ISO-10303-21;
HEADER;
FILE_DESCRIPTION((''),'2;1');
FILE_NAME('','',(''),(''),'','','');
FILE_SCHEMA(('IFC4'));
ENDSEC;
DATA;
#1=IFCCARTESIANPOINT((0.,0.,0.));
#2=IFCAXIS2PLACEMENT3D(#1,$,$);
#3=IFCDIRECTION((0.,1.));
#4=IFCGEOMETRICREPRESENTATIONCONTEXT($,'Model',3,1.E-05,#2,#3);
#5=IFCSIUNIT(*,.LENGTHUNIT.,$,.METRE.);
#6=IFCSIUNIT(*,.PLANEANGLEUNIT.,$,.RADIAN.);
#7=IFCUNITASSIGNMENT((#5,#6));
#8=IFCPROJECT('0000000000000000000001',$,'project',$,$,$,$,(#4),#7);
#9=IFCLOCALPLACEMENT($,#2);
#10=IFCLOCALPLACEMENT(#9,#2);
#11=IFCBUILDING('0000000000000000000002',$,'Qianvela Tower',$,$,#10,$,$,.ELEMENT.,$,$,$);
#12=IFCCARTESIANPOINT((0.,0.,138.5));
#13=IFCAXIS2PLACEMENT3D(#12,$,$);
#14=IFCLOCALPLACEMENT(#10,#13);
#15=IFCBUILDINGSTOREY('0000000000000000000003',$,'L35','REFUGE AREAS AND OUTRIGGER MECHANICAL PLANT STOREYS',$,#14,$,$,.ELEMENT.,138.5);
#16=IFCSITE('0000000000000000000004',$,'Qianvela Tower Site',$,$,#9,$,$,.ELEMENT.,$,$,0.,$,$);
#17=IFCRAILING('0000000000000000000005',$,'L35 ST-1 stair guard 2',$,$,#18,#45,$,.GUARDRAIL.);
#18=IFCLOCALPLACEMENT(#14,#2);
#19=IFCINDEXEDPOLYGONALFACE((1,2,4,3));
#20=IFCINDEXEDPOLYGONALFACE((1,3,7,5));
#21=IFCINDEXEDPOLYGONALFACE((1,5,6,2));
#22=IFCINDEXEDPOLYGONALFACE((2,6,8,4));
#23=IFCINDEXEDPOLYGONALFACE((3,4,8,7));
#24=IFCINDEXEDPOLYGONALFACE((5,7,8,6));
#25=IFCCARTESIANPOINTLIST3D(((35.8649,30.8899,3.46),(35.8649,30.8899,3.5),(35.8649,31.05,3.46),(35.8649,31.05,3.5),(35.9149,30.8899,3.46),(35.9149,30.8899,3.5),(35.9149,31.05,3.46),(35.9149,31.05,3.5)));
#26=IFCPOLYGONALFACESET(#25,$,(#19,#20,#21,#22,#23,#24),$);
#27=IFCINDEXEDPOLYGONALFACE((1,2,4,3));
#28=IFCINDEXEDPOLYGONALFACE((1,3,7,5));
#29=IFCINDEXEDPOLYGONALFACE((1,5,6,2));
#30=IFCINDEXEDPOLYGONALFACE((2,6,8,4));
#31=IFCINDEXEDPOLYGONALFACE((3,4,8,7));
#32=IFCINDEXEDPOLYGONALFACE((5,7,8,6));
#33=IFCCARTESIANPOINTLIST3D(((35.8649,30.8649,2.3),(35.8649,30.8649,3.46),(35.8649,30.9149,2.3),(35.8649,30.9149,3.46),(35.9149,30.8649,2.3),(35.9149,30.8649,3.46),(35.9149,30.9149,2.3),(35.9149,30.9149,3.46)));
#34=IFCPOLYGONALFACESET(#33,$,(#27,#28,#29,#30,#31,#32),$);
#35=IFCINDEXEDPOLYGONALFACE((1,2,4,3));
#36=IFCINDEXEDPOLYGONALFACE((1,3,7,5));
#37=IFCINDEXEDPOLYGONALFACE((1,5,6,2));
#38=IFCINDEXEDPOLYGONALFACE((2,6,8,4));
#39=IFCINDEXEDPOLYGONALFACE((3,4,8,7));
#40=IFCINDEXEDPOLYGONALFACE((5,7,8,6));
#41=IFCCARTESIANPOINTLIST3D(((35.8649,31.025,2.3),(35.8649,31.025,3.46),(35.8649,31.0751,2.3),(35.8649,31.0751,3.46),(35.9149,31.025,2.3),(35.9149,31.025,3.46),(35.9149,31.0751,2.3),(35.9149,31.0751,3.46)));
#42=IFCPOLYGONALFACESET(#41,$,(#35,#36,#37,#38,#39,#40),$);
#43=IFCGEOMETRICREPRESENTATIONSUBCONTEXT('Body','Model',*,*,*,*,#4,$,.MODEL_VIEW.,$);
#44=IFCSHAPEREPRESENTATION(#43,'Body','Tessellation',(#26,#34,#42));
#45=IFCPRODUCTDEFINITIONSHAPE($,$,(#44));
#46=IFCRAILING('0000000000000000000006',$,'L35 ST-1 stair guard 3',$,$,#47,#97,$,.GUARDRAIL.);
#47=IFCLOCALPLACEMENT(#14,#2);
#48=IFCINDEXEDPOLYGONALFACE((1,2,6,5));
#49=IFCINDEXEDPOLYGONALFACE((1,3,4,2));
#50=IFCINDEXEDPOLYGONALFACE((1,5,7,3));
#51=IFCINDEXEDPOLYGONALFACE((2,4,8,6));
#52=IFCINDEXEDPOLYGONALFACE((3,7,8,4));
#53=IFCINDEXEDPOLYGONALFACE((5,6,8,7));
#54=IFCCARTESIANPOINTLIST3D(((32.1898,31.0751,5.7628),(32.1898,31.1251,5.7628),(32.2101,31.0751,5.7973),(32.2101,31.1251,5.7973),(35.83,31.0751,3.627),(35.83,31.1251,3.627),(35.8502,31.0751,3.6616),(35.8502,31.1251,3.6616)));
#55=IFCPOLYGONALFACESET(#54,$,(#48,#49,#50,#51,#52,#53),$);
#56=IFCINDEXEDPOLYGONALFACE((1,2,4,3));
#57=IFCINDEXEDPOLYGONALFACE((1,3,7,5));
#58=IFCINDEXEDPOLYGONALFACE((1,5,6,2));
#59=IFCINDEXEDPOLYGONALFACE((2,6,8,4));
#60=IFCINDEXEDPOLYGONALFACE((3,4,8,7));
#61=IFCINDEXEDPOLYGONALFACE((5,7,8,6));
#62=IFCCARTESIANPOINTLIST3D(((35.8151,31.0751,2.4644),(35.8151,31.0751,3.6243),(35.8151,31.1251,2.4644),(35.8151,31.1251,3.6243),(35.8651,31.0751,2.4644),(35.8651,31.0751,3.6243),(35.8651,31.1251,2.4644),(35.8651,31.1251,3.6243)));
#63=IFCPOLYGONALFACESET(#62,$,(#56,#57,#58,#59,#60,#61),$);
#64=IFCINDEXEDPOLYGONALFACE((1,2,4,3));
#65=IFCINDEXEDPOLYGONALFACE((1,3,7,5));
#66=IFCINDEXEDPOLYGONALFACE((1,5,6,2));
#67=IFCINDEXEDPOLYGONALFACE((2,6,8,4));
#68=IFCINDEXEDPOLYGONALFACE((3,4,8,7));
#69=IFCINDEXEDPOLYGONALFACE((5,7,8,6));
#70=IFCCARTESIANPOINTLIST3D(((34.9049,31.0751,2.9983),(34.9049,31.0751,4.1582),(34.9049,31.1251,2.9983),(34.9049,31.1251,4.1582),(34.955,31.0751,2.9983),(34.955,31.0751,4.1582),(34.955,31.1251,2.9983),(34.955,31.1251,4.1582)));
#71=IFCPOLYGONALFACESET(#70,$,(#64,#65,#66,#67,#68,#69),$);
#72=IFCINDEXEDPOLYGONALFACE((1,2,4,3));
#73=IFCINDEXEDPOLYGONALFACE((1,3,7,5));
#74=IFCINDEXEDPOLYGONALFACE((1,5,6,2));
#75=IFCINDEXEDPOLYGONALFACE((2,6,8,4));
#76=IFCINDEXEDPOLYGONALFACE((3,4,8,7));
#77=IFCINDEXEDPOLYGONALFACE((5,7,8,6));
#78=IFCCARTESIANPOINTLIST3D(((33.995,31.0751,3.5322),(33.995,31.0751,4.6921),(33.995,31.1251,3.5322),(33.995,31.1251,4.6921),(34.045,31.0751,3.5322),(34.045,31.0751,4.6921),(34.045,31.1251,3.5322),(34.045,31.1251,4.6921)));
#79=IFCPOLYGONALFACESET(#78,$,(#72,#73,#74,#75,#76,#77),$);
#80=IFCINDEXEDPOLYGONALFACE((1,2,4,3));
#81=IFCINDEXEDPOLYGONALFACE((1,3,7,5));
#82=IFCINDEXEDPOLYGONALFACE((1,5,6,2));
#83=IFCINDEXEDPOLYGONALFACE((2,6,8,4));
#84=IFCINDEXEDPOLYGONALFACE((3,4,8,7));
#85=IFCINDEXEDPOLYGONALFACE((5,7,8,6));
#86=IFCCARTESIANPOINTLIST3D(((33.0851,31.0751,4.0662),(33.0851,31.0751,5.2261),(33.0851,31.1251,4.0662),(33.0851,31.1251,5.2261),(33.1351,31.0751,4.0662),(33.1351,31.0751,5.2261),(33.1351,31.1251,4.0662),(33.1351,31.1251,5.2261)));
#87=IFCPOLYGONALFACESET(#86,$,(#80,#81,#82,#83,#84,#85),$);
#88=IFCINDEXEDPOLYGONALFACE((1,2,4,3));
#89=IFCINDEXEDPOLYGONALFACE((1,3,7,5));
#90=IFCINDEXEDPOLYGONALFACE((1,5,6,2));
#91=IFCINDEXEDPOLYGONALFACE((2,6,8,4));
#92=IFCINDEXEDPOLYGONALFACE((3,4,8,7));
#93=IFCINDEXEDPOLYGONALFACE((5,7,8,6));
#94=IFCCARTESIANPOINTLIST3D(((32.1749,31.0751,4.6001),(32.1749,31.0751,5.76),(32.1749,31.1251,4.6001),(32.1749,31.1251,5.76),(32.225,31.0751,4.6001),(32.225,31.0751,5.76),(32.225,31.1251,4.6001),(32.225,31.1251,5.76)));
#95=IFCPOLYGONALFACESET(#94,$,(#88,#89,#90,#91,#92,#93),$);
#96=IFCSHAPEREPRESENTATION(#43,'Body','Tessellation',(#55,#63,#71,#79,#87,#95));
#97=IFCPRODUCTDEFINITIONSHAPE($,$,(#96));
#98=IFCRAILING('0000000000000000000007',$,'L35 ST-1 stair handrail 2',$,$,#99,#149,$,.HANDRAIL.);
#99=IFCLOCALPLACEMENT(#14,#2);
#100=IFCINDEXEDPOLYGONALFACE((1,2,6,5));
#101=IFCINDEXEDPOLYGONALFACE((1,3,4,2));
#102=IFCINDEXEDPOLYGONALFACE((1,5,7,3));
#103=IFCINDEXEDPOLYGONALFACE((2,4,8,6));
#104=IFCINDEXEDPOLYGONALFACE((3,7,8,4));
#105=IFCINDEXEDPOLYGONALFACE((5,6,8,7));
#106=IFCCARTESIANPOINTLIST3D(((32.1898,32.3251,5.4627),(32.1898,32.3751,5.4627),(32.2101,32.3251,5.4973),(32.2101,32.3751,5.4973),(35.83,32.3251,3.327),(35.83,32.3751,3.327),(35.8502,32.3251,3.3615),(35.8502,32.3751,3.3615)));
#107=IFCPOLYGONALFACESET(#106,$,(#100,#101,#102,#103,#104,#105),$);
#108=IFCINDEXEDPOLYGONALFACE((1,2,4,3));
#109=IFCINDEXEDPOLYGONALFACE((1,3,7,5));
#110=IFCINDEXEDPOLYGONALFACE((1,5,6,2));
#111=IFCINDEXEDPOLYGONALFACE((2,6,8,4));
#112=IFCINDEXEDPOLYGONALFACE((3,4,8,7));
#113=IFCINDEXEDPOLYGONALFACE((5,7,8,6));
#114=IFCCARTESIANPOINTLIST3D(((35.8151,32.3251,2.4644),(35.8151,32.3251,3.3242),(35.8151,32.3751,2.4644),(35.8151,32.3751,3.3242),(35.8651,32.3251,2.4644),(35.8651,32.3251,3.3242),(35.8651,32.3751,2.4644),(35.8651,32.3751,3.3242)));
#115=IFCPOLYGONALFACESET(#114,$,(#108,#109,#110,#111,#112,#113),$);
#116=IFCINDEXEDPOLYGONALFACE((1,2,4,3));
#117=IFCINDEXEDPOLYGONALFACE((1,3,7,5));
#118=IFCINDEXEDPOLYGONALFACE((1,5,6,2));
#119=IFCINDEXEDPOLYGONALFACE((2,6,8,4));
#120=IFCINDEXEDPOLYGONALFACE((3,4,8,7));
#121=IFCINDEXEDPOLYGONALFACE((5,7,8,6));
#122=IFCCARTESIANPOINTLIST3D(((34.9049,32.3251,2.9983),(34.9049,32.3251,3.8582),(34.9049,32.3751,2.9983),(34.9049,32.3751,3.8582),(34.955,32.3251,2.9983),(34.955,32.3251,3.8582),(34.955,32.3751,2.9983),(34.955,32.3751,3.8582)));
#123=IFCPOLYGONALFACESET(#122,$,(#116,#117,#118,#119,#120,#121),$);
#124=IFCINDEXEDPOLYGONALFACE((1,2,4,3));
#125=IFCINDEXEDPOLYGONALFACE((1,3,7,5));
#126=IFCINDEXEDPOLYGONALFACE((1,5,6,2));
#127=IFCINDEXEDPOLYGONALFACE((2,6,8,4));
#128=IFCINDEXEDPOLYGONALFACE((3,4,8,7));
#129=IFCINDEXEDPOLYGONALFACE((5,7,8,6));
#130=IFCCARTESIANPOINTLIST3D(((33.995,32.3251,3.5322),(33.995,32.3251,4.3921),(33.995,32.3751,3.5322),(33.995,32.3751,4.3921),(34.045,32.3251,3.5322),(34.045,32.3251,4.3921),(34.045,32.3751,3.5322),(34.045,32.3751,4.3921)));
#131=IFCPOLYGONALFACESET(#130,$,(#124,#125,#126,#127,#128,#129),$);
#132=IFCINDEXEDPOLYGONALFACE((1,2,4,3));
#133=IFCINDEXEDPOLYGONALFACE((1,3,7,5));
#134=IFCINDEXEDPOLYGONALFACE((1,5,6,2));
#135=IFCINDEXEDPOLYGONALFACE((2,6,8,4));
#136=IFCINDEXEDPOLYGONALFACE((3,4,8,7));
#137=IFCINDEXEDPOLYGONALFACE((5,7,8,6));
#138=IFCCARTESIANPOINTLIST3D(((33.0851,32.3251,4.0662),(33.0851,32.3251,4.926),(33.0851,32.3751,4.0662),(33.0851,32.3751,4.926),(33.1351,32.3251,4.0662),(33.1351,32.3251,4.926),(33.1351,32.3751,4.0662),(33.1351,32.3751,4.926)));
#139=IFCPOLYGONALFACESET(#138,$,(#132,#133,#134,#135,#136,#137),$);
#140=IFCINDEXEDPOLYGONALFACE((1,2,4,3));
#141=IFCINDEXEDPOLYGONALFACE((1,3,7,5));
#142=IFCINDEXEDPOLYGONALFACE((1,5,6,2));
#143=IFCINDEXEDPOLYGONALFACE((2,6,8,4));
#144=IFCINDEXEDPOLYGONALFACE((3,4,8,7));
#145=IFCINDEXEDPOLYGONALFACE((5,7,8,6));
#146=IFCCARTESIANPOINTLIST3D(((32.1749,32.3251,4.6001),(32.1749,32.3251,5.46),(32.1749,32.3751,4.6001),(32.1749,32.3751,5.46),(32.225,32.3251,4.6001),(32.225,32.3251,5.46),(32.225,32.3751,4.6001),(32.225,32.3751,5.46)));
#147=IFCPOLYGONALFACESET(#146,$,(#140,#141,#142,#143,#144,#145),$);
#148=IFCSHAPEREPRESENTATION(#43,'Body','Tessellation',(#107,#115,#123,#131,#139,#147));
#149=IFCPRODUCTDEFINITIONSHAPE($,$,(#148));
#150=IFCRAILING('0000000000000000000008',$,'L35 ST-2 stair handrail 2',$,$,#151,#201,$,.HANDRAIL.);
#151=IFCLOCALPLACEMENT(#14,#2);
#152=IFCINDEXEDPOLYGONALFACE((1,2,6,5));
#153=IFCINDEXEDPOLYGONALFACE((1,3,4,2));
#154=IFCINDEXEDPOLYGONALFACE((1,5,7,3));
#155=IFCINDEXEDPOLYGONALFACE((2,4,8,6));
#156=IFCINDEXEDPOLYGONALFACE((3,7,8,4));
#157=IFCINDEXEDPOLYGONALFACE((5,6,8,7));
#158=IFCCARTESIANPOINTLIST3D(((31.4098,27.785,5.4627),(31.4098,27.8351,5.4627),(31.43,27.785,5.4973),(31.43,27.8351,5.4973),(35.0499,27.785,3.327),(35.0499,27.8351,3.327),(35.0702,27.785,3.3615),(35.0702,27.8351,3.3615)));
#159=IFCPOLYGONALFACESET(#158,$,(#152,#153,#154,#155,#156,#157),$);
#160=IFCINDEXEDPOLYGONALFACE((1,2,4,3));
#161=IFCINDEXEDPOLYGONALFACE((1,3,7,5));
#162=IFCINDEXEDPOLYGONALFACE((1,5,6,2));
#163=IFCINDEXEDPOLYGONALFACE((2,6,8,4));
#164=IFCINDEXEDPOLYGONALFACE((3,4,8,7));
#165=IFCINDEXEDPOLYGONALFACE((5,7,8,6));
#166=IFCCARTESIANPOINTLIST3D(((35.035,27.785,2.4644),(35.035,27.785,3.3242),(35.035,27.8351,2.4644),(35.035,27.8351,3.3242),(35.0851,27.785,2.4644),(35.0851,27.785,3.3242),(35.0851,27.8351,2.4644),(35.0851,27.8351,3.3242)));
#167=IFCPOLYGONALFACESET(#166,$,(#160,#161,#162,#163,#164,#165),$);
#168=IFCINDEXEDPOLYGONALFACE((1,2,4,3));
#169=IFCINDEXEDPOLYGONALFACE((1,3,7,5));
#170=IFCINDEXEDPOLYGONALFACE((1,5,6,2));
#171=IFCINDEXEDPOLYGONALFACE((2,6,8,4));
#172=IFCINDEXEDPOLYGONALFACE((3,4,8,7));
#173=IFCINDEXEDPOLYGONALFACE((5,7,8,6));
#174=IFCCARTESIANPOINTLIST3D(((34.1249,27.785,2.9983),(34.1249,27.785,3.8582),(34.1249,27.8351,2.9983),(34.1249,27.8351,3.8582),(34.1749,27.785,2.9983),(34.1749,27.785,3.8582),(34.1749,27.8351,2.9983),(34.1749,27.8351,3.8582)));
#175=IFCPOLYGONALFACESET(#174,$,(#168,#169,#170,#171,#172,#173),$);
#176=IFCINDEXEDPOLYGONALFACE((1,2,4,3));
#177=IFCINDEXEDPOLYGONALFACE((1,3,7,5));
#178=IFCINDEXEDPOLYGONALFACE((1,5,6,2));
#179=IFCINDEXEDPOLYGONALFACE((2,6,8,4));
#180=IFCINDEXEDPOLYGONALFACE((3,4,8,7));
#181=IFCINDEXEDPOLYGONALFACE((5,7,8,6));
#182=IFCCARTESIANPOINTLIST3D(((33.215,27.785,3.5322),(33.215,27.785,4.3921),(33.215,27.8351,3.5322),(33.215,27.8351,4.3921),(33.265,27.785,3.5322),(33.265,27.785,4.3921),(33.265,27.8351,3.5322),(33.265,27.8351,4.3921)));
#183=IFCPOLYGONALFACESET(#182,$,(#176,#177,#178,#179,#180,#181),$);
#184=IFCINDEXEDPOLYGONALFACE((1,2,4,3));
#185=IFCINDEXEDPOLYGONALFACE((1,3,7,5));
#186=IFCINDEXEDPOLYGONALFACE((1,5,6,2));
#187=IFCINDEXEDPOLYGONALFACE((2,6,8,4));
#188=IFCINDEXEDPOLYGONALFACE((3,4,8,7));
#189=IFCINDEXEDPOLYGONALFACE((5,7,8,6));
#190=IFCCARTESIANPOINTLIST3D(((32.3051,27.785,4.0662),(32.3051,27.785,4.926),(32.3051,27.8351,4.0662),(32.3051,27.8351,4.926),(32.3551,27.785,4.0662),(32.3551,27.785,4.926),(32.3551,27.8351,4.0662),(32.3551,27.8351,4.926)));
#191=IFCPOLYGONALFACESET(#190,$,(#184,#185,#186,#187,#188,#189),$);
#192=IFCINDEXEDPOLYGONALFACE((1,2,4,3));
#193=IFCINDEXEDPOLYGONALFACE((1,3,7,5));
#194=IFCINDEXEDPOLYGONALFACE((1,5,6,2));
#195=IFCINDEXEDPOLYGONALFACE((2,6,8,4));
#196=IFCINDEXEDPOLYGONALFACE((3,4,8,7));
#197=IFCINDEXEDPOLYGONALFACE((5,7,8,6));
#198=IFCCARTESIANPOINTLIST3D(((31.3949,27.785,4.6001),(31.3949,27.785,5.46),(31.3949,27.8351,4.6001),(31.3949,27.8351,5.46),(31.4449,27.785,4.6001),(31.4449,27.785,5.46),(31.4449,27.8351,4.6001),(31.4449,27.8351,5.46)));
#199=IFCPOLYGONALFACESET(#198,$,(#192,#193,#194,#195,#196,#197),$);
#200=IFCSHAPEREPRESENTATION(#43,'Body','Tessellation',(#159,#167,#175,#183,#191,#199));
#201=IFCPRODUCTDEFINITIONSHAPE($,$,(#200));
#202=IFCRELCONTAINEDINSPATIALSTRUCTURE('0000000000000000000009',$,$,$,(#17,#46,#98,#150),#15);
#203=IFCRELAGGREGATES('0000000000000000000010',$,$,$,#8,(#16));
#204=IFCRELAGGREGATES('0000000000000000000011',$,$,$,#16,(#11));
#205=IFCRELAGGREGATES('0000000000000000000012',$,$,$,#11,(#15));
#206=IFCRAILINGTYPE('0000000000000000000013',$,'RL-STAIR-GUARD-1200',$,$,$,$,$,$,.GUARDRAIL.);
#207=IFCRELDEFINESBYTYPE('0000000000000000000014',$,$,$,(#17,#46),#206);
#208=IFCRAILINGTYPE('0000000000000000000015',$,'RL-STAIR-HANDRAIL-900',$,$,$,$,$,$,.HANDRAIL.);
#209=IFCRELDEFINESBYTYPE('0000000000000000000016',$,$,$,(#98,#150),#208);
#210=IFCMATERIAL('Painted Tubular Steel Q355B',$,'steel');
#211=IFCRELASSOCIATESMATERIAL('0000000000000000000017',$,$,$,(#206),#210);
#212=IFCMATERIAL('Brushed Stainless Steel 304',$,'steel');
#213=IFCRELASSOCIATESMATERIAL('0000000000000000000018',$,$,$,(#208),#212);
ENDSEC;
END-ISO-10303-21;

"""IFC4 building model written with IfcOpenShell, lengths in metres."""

from ifc_helpers import new_model, si_unit, direction, frame, origin, origin_2d, place, context, subcontext, project, spatial, rectangle, extrude, material, type_object, element, save


model = new_model("IFC4")

# Units and contexts
model_context = context("Model", 3, precision=1e-05, world=origin(), true_north=direction((0.0, 1.0)))
body_context = subcontext(model_context, "Body", "Model", "MODEL_VIEW")
ifc_project = project(units=[si_unit("LENGTHUNIT", "METRE"), si_unit("PLANEANGLEUNIT", "RADIAN")], contexts=[model_context])

# Site, building, storey
site_placement = place(None, origin())
site = spatial("IfcSite", under=ifc_project, at=site_placement, Name="Qianvela Tower Site", CompositionType="ELEMENT", RefElevation=0.0)
building_placement = place(site_placement, origin())
building = spatial("IfcBuilding", under=site, at=building_placement, Name="Qianvela Tower", CompositionType="ELEMENT")
storey_placement = place(building_placement, frame((0.0, 0.0, 138.5)))
storey = spatial("IfcBuildingStorey", under=building, at=storey_placement, Name="L35", Description="REFUGE AREAS AND OUTRIGGER MECHANICAL PLANT STOREYS", CompositionType="ELEMENT", Elevation=138.5)

# Railings
ifc_material_1 = material(Name="Painted Tubular Steel Q355B", Category="steel")
railing_type_1 = type_object("IfcRailingType", Name="RL-STAIR-GUARD-1200", PredefinedType="GUARDRAIL", material=ifc_material_1)
railing_1_placement = place(storey_placement, frame((35.8899, 30.8899, 2.3)))
element("IfcRailing", 1, at=railing_1_placement, inside=storey, type_object=railing_type_1, Name="L35 ST-1 stair guard 2", PredefinedType="GUARDRAIL", context=body_context, shape_type="SweptSolid", body=[
    extrude(rectangle(XDim=0.05, YDim=0.04, at=origin_2d()), frame((0.0, 0.0, 1.1799), z_axis=(0.0, 1.0, 0.0), x_axis=(-1.0, 0.0, 0.0)), (0.0, 0.0, 1.0), 0.1602),
    extrude(rectangle(XDim=0.05, YDim=0.05, at=origin_2d()), origin(), (0.0, 0.0, 1.0), 1.1599),
    extrude(rectangle(XDim=0.05, YDim=0.05, at=origin_2d()), frame((0.0, 0.1602, 0.0)), (0.0, 0.0, 1.0), 1.1599),
])
railing_2_placement = place(storey_placement, frame((35.8401, 31.1001, 2.4644)))
element("IfcRailing", 2, at=railing_2_placement, inside=storey, type_object=railing_type_1, Name="L35 ST-1 stair guard 3", PredefinedType="GUARDRAIL", context=body_context, shape_type="SweptSolid", body=[
    extrude(rectangle(XDim=0.05, YDim=0.04, at=origin_2d()), frame((0.0, 0.0, 1.1799), z_axis=(-0.862505, 0.0, 0.506049), x_axis=(0.0, -1.0, 0.0)), (0.0, 0.0, 1.0), 4.2205),
    extrude(rectangle(XDim=0.05, YDim=0.05, at=origin_2d()), origin(), (0.0, 0.0, 1.0), 1.1599),
    extrude(rectangle(XDim=0.05, YDim=0.05, at=origin_2d()), frame((-0.9102, 0.0, 0.5339)), (0.0, 0.0, 1.0), 1.1599),
    extrude(rectangle(XDim=0.05, YDim=0.05, at=origin_2d()), frame((-1.8201, 0.0, 1.0679)), (0.0, 0.0, 1.0), 1.1599),
    extrude(rectangle(XDim=0.05, YDim=0.05, at=origin_2d()), frame((-2.73, 0.0, 1.6018)), (0.0, 0.0, 1.0), 1.1599),
    extrude(rectangle(XDim=0.05, YDim=0.05, at=origin_2d()), frame((-3.6401, 0.0, 2.1357)), (0.0, 0.0, 1.0), 1.1599),
])
ifc_material_2 = material(Name="Brushed Stainless Steel 304", Category="steel")
railing_type_2 = type_object("IfcRailingType", Name="RL-STAIR-HANDRAIL-900", PredefinedType="HANDRAIL", material=ifc_material_2)
for number, where, name in (
    (3, (35.8401, 32.3501, 2.4644), "L35 ST-1 stair handrail 2"),
    (4, (35.0601, 27.8101, 2.4644), "L35 ST-2 stair handrail 2"),
):
    element("IfcRailing", number, at=place(storey_placement, frame(where)), inside=storey, type_object=railing_type_2, Name=name, PredefinedType="HANDRAIL", context=body_context, shape_type="SweptSolid", body=[
        extrude(rectangle(XDim=0.05, YDim=0.04, at=origin_2d()), frame((0.0, 0.0, 0.8799), z_axis=(-0.862505, 0.0, 0.506049), x_axis=(0.0, -1.0, 0.0)), (0.0, 0.0, 1.0), 4.2205),
        extrude(rectangle(XDim=0.05, YDim=0.05, at=origin_2d()), origin(), (0.0, 0.0, 1.0), 0.8599),
        extrude(rectangle(XDim=0.05, YDim=0.05, at=origin_2d()), frame((-0.9102, 0.0, 0.5339)), (0.0, 0.0, 1.0), 0.8599),
        extrude(rectangle(XDim=0.05, YDim=0.05, at=origin_2d()), frame((-1.8201, 0.0, 1.0679)), (0.0, 0.0, 1.0), 0.8599),
        extrude(rectangle(XDim=0.05, YDim=0.05, at=origin_2d()), frame((-2.73, 0.0, 1.6018)), (0.0, 0.0, 1.0), 0.8599),
        extrude(rectangle(XDim=0.05, YDim=0.05, at=origin_2d()), frame((-3.6401, 0.0, 2.1357)), (0.0, 0.0, 1.0), 0.8599),
    ])

save(model, "model.ifc")
